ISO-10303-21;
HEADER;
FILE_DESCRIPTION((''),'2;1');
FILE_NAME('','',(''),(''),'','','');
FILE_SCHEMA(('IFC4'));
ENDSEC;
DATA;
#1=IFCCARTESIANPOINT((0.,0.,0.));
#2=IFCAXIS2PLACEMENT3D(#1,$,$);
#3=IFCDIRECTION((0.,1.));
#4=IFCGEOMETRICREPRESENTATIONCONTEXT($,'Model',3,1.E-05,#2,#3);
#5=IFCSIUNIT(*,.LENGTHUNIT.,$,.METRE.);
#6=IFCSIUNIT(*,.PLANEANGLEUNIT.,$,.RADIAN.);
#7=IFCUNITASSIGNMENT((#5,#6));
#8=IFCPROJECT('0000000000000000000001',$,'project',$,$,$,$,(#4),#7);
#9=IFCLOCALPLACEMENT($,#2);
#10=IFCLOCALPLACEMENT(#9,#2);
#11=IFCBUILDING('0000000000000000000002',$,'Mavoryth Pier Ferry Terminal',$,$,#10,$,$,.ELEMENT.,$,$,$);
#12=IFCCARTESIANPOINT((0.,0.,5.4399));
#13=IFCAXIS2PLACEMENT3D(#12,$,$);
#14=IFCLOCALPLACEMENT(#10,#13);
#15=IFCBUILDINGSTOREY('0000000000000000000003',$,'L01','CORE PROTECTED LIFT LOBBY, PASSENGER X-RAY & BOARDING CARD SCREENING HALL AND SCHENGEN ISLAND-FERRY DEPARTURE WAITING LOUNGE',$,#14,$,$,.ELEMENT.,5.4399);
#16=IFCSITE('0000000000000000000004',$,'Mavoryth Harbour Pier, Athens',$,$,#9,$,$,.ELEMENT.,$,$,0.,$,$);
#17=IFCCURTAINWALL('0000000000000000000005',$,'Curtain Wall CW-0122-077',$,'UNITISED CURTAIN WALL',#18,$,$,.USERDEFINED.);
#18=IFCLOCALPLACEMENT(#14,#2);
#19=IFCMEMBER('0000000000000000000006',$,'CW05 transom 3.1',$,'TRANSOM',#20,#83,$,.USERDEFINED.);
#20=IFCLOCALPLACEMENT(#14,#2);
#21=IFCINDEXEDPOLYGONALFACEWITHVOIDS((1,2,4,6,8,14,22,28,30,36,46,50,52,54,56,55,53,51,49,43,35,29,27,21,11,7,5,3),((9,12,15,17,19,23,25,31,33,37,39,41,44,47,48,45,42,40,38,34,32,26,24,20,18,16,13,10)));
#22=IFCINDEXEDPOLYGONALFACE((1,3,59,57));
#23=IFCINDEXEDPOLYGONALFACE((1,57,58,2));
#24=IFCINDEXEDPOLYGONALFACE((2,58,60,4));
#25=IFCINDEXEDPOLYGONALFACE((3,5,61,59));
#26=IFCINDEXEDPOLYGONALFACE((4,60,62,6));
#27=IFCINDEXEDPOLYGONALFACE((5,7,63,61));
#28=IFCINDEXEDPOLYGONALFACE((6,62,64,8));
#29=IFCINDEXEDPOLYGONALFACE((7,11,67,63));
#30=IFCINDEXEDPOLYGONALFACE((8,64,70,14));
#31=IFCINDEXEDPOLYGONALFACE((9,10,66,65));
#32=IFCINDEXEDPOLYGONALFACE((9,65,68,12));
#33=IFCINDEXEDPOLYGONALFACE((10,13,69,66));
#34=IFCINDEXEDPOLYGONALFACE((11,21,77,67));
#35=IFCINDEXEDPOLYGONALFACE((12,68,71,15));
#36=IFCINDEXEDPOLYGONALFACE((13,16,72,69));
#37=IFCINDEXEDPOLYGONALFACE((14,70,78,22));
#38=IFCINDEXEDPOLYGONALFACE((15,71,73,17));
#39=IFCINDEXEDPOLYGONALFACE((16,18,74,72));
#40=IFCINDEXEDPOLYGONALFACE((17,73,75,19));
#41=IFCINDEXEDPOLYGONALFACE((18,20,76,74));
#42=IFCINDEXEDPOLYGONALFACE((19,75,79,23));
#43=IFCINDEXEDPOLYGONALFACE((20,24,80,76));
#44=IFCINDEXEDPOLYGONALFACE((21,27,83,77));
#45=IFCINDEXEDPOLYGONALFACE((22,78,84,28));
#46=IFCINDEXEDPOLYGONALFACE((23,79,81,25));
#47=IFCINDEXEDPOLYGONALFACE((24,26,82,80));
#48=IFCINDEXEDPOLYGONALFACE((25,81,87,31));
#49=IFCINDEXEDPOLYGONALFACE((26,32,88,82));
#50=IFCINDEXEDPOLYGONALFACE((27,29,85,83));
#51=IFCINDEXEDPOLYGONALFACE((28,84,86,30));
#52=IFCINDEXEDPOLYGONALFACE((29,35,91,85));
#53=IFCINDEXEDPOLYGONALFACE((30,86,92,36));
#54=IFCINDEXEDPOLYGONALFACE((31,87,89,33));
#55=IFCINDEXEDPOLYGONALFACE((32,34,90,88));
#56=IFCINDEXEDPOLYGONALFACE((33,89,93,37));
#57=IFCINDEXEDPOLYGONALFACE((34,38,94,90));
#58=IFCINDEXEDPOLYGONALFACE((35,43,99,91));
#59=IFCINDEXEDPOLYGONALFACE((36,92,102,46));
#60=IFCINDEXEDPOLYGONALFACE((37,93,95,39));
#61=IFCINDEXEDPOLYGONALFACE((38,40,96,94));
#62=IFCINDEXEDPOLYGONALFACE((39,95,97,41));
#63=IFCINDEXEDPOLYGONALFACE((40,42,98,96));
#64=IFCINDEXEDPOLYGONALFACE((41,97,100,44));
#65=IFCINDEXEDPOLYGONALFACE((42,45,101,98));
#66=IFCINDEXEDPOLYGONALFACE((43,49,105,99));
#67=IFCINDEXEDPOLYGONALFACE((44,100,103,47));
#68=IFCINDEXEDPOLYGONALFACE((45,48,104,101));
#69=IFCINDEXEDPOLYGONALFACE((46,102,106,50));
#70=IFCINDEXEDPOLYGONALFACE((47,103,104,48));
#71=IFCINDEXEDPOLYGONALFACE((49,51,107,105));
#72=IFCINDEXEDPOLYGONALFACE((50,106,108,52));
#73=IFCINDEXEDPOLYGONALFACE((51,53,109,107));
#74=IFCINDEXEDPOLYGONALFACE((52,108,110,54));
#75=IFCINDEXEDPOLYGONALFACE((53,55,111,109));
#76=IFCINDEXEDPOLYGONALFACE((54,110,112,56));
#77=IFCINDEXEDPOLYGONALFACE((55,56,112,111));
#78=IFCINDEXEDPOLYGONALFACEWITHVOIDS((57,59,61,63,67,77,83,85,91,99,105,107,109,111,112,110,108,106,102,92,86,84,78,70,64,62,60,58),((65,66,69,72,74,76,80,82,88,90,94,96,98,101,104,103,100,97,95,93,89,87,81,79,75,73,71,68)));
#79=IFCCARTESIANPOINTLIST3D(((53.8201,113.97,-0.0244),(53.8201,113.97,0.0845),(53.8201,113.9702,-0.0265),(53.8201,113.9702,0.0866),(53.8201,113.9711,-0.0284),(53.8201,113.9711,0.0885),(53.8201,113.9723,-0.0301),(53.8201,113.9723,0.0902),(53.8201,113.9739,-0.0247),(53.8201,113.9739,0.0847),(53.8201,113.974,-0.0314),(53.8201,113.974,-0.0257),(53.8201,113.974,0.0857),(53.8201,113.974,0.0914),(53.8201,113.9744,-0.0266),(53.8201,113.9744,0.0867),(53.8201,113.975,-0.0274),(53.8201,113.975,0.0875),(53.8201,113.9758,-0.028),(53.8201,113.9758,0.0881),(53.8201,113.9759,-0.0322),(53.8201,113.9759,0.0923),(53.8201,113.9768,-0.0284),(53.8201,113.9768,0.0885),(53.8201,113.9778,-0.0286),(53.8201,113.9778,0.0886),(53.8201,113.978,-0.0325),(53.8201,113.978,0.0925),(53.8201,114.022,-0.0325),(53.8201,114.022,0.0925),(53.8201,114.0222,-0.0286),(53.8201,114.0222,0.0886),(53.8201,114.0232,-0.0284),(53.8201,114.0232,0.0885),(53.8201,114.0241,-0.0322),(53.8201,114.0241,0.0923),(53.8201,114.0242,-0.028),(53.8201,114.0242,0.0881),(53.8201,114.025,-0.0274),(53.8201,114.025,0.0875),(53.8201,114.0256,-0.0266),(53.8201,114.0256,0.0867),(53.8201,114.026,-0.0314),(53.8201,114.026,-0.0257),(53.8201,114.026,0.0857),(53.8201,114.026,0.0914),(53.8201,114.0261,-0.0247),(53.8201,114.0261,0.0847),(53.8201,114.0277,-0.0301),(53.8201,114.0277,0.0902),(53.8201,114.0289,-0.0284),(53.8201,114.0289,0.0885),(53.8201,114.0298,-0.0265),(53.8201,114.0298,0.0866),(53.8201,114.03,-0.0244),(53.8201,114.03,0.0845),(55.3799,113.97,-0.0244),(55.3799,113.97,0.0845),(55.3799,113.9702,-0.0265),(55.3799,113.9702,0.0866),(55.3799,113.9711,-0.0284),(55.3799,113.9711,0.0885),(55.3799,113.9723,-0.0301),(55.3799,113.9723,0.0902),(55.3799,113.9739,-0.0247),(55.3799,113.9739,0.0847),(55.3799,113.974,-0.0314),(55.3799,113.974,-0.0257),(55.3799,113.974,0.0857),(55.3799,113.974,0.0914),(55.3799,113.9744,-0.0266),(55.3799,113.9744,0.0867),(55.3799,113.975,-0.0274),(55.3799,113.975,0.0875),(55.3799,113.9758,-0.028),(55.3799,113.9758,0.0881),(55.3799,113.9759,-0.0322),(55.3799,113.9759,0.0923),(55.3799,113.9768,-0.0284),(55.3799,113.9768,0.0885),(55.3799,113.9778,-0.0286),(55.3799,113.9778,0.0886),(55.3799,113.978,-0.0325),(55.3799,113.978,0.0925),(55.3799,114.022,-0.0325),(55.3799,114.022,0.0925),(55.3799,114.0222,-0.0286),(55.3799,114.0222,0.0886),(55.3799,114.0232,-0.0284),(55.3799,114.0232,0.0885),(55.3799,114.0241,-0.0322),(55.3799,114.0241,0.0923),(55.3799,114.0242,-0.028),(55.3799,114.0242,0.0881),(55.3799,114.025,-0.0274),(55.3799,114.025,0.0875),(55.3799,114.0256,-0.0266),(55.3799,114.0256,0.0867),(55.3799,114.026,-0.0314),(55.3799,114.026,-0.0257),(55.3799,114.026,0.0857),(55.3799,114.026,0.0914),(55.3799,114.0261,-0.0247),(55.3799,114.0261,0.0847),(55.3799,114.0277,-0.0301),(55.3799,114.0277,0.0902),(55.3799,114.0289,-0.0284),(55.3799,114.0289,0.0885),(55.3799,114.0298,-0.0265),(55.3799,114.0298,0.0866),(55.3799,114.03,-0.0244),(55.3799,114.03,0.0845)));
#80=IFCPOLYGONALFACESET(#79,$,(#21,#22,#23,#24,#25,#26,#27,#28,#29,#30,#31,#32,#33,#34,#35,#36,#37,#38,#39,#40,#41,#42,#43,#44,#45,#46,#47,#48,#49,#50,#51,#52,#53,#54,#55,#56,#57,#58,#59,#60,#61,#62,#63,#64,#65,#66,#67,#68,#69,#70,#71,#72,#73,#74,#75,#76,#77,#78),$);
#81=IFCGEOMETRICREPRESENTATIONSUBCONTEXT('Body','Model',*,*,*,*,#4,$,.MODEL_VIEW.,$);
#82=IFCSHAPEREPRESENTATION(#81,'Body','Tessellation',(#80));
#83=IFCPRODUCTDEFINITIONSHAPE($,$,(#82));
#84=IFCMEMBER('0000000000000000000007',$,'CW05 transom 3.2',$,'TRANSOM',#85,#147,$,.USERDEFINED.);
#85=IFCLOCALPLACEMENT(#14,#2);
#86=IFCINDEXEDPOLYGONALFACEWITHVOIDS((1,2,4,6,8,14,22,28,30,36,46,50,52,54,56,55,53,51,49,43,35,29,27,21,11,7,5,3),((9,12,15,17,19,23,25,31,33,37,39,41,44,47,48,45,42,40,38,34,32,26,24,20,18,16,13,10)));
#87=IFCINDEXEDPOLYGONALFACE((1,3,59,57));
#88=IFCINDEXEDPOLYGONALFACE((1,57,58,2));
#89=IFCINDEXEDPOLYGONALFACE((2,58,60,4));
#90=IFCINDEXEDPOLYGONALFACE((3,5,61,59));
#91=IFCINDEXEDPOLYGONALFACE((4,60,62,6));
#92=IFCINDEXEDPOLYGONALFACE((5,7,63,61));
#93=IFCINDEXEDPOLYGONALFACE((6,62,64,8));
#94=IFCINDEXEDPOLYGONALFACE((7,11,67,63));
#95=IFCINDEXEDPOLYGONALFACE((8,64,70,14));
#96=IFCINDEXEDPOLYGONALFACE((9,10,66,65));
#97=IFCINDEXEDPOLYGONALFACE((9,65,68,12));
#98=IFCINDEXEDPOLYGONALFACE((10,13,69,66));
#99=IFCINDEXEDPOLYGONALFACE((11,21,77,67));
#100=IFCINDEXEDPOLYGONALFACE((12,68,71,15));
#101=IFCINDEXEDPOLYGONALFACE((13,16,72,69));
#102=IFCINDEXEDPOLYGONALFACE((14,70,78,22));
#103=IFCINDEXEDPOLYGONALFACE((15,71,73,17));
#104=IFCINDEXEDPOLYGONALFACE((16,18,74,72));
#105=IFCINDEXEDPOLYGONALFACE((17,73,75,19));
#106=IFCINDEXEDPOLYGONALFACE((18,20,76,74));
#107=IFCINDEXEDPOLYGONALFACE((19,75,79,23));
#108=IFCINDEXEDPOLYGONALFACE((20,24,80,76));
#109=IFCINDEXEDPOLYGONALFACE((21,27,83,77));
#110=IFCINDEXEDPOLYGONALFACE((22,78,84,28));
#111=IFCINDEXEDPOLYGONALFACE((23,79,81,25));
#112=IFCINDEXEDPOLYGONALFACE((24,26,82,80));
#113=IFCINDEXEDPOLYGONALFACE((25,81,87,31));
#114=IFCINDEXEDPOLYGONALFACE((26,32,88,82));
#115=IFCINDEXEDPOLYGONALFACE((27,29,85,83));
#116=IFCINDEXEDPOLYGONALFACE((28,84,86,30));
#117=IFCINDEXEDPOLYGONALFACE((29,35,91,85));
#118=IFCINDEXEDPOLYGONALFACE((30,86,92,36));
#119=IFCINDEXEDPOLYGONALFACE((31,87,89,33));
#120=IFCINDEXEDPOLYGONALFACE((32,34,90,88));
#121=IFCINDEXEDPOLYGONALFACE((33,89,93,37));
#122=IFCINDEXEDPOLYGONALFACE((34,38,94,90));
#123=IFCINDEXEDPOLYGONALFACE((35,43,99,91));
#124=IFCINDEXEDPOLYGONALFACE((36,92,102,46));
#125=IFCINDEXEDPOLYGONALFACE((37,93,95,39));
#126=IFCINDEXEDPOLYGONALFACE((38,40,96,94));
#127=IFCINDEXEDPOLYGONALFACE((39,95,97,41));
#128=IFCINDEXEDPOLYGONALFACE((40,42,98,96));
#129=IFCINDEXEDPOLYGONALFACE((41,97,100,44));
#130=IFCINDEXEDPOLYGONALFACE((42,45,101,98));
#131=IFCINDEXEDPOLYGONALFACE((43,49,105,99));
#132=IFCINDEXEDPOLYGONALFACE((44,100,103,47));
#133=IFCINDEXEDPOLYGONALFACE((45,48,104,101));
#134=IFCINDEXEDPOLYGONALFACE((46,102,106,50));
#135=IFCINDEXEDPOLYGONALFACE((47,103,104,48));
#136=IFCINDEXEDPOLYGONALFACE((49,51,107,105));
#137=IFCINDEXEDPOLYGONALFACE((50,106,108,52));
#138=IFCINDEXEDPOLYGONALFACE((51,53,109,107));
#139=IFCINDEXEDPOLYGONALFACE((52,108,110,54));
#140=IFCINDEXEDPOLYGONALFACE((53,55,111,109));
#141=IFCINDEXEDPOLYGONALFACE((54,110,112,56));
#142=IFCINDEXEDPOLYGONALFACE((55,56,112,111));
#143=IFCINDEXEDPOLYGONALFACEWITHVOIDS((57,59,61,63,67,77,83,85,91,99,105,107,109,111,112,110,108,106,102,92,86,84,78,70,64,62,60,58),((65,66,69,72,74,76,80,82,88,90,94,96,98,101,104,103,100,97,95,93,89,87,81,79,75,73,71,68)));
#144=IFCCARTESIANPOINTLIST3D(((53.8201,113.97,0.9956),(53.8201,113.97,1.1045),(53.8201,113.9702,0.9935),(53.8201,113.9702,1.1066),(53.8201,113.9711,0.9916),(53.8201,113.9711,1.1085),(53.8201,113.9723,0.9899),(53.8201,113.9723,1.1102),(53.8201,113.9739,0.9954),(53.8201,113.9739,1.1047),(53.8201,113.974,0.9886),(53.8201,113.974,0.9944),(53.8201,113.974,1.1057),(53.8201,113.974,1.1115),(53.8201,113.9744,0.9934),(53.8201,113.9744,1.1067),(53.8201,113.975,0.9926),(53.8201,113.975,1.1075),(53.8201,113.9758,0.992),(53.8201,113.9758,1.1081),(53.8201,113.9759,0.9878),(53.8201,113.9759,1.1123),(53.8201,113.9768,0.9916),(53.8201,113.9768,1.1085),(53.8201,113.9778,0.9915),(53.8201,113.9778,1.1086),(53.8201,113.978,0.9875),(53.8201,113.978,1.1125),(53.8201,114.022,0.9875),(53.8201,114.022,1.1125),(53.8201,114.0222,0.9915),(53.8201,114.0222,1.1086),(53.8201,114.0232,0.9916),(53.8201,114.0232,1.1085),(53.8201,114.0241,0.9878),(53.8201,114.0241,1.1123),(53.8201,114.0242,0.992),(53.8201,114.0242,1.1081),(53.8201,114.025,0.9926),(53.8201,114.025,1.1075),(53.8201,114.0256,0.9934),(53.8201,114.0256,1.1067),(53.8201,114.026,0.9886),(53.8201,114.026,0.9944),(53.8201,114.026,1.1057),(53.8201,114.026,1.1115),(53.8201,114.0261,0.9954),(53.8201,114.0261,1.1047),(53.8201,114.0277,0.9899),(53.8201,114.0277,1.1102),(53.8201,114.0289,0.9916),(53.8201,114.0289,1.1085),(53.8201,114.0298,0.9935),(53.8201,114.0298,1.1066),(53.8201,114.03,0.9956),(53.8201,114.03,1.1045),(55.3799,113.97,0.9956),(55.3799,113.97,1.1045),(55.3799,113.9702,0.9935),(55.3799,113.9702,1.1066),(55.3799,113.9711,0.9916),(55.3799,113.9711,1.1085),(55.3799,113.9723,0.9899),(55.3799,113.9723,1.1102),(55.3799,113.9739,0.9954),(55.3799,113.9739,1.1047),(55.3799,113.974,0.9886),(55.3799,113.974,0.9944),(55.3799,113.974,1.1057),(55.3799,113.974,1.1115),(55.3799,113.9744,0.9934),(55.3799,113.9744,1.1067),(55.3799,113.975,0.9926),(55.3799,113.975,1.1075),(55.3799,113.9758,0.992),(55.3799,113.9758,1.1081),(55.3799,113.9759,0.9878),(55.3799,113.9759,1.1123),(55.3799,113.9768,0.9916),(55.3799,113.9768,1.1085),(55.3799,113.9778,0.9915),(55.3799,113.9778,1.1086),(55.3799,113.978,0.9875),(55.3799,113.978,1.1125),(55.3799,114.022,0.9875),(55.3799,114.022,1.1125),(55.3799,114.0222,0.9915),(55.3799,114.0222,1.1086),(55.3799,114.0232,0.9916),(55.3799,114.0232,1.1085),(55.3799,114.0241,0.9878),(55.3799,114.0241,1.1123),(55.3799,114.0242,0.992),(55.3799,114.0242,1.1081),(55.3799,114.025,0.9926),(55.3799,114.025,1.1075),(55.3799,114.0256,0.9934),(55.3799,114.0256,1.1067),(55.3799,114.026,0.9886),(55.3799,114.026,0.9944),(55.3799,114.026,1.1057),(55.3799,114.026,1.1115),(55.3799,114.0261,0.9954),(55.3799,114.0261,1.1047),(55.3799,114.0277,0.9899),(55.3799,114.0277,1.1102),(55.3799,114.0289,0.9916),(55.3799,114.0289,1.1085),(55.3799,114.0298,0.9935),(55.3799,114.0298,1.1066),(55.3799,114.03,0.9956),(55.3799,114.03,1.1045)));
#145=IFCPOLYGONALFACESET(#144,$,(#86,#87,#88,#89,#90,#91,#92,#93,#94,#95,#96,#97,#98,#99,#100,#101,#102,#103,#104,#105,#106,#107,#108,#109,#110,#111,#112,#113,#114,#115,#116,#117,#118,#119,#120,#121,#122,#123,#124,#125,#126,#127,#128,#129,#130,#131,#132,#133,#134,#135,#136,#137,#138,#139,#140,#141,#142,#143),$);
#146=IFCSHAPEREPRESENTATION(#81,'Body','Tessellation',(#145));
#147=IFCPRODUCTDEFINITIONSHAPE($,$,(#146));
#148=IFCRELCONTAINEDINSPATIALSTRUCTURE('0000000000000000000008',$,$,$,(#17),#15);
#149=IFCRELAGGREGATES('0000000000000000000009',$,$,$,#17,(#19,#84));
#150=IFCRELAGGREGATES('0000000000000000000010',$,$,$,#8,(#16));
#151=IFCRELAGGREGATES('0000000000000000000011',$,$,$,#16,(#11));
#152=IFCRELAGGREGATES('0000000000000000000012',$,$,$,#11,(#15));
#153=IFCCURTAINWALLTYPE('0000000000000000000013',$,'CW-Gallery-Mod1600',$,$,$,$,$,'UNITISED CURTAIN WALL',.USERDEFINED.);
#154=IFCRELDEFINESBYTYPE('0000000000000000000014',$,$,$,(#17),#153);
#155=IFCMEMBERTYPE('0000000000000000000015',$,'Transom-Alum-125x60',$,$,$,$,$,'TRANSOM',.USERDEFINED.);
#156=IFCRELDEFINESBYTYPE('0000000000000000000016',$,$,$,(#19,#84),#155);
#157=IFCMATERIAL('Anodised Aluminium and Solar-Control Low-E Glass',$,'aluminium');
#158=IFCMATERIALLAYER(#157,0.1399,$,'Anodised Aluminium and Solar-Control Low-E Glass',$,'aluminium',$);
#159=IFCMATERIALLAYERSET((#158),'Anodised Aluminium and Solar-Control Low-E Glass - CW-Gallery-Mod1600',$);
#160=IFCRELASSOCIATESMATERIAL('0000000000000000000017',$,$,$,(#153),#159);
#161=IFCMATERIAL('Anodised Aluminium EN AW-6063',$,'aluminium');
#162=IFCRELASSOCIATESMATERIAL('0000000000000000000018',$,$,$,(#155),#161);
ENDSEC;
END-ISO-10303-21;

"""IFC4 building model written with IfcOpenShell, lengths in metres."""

from ifc_helpers import new_model, si_unit, direction, frame, origin, origin_2d, place, context, subcontext, project, spatial, hollow_rectangle, extrude, material, layer, layer_set, material_profile, profile_set, type_object, element, aggregate, save


model = new_model("IFC4")

# Units and contexts
model_context = context("Model", 3, precision=1e-05, world=origin(), true_north=direction((0.0, 1.0)))
body_context = subcontext(model_context, "Body", "Model", "MODEL_VIEW")
ifc_project = project(units=[si_unit("LENGTHUNIT", "METRE"), si_unit("PLANEANGLEUNIT", "RADIAN")], contexts=[model_context])

# Site, building, storey
site_placement = place(None, origin())
site = spatial("IfcSite", under=ifc_project, at=site_placement, Name="Mavoryth Harbour Pier, Athens", CompositionType="ELEMENT", RefElevation=0.0)
building_placement = place(site_placement, origin())
building = spatial("IfcBuilding", under=site, at=building_placement, Name="Mavoryth Pier Ferry Terminal", CompositionType="ELEMENT")
storey_placement = place(building_placement, frame((0.0, 0.0, 5.4399)))
storey = spatial("IfcBuildingStorey", under=building, at=storey_placement, Name="L01", Description="CORE PROTECTED LIFT LOBBY, PASSENGER X-RAY & BOARDING CARD SCREENING HALL AND SCHENGEN ISLAND-FERRY DEPARTURE WAITING LOUNGE", CompositionType="ELEMENT", Elevation=5.4399)

# Curtain wall
ifc_material_1 = material(Name="Anodised Aluminium and Solar-Control Low-E Glass", Category="aluminium")
ifc_layer_1 = layer(ifc_material_1, 0.1399, Name="Anodised Aluminium and Solar-Control Low-E Glass", Category="aluminium")
ifc_layer_set_1 = layer_set([ifc_layer_1], Name="Anodised Aluminium and Solar-Control Low-E Glass - CW-Gallery-Mod1600")
curtain_wall_type = type_object("IfcCurtainWallType", Name="CW-Gallery-Mod1600", ElementType="UNITISED CURTAIN WALL", PredefinedType="USERDEFINED", material=ifc_layer_set_1)
curtain_wall_1_placement = place(storey_placement, origin())
curtain_wall_1 = element("IfcCurtainWall", 1, at=curtain_wall_1_placement, inside=storey, type_object=curtain_wall_type, Name="Curtain Wall CW-0122-077", ObjectType="UNITISED CURTAIN WALL", PredefinedType="USERDEFINED")
ifc_material_2 = material(Name="Anodised Aluminium EN AW-6063", Category="aluminium")

# Members
ifc_material_profile_1 = material_profile(ifc_material_2, hollow_rectangle(XDim=0.0601, YDim=0.125, WallThickness=0.0039, InnerFilletRadius=0.0039, OuterFilletRadius=0.0081, at=origin_2d()), Name="AL-TRAN 125x60x4", Category="aluminium")
ifc_profile_set_1 = profile_set([ifc_material_profile_1], Name="Anodised Aluminium EN AW-6063 - AL-TRAN 125x60x4")
member_type_1 = type_object("IfcMemberType", Name="Transom-Alum-125x60", ElementType="TRANSOM", PredefinedType="USERDEFINED", material=ifc_profile_set_1)
member_1_placement = place(storey_placement, frame((55.3799, 114.0, 0.03), z_axis=(-1.0, 0.0, 0.0), x_axis=(0.0, -1.0, 0.0)))
member_1 = element("IfcMember", 2, at=member_1_placement, type_object=member_type_1, Name="CW05 transom 3.1", ObjectType="TRANSOM", PredefinedType="USERDEFINED", context=body_context, shape_type="SweptSolid", body=[
    extrude(hollow_rectangle(XDim=0.0601, YDim=0.125, WallThickness=0.0039, InnerFilletRadius=0.0039, OuterFilletRadius=0.0081, at=origin_2d()), origin(), (0.0, 0.0, 1.0), 1.5598),
])
member_2_placement = place(storey_placement, frame((55.3799, 114.0, 1.05), z_axis=(-1.0, 0.0, 0.0), x_axis=(0.0, -1.0, 0.0)))
member_2 = element("IfcMember", 3, at=member_2_placement, type_object=member_type_1, Name="CW05 transom 3.2", ObjectType="TRANSOM", PredefinedType="USERDEFINED", context=body_context, shape_type="SweptSolid", body=[
    extrude(hollow_rectangle(XDim=0.0601, YDim=0.125, WallThickness=0.0039, InnerFilletRadius=0.0039, OuterFilletRadius=0.0081, at=origin_2d()), origin(), (0.0, 0.0, 1.0), 1.5598),
])

aggregate(curtain_wall_1, [member_1, member_2])

save(model, "model.ifc")
